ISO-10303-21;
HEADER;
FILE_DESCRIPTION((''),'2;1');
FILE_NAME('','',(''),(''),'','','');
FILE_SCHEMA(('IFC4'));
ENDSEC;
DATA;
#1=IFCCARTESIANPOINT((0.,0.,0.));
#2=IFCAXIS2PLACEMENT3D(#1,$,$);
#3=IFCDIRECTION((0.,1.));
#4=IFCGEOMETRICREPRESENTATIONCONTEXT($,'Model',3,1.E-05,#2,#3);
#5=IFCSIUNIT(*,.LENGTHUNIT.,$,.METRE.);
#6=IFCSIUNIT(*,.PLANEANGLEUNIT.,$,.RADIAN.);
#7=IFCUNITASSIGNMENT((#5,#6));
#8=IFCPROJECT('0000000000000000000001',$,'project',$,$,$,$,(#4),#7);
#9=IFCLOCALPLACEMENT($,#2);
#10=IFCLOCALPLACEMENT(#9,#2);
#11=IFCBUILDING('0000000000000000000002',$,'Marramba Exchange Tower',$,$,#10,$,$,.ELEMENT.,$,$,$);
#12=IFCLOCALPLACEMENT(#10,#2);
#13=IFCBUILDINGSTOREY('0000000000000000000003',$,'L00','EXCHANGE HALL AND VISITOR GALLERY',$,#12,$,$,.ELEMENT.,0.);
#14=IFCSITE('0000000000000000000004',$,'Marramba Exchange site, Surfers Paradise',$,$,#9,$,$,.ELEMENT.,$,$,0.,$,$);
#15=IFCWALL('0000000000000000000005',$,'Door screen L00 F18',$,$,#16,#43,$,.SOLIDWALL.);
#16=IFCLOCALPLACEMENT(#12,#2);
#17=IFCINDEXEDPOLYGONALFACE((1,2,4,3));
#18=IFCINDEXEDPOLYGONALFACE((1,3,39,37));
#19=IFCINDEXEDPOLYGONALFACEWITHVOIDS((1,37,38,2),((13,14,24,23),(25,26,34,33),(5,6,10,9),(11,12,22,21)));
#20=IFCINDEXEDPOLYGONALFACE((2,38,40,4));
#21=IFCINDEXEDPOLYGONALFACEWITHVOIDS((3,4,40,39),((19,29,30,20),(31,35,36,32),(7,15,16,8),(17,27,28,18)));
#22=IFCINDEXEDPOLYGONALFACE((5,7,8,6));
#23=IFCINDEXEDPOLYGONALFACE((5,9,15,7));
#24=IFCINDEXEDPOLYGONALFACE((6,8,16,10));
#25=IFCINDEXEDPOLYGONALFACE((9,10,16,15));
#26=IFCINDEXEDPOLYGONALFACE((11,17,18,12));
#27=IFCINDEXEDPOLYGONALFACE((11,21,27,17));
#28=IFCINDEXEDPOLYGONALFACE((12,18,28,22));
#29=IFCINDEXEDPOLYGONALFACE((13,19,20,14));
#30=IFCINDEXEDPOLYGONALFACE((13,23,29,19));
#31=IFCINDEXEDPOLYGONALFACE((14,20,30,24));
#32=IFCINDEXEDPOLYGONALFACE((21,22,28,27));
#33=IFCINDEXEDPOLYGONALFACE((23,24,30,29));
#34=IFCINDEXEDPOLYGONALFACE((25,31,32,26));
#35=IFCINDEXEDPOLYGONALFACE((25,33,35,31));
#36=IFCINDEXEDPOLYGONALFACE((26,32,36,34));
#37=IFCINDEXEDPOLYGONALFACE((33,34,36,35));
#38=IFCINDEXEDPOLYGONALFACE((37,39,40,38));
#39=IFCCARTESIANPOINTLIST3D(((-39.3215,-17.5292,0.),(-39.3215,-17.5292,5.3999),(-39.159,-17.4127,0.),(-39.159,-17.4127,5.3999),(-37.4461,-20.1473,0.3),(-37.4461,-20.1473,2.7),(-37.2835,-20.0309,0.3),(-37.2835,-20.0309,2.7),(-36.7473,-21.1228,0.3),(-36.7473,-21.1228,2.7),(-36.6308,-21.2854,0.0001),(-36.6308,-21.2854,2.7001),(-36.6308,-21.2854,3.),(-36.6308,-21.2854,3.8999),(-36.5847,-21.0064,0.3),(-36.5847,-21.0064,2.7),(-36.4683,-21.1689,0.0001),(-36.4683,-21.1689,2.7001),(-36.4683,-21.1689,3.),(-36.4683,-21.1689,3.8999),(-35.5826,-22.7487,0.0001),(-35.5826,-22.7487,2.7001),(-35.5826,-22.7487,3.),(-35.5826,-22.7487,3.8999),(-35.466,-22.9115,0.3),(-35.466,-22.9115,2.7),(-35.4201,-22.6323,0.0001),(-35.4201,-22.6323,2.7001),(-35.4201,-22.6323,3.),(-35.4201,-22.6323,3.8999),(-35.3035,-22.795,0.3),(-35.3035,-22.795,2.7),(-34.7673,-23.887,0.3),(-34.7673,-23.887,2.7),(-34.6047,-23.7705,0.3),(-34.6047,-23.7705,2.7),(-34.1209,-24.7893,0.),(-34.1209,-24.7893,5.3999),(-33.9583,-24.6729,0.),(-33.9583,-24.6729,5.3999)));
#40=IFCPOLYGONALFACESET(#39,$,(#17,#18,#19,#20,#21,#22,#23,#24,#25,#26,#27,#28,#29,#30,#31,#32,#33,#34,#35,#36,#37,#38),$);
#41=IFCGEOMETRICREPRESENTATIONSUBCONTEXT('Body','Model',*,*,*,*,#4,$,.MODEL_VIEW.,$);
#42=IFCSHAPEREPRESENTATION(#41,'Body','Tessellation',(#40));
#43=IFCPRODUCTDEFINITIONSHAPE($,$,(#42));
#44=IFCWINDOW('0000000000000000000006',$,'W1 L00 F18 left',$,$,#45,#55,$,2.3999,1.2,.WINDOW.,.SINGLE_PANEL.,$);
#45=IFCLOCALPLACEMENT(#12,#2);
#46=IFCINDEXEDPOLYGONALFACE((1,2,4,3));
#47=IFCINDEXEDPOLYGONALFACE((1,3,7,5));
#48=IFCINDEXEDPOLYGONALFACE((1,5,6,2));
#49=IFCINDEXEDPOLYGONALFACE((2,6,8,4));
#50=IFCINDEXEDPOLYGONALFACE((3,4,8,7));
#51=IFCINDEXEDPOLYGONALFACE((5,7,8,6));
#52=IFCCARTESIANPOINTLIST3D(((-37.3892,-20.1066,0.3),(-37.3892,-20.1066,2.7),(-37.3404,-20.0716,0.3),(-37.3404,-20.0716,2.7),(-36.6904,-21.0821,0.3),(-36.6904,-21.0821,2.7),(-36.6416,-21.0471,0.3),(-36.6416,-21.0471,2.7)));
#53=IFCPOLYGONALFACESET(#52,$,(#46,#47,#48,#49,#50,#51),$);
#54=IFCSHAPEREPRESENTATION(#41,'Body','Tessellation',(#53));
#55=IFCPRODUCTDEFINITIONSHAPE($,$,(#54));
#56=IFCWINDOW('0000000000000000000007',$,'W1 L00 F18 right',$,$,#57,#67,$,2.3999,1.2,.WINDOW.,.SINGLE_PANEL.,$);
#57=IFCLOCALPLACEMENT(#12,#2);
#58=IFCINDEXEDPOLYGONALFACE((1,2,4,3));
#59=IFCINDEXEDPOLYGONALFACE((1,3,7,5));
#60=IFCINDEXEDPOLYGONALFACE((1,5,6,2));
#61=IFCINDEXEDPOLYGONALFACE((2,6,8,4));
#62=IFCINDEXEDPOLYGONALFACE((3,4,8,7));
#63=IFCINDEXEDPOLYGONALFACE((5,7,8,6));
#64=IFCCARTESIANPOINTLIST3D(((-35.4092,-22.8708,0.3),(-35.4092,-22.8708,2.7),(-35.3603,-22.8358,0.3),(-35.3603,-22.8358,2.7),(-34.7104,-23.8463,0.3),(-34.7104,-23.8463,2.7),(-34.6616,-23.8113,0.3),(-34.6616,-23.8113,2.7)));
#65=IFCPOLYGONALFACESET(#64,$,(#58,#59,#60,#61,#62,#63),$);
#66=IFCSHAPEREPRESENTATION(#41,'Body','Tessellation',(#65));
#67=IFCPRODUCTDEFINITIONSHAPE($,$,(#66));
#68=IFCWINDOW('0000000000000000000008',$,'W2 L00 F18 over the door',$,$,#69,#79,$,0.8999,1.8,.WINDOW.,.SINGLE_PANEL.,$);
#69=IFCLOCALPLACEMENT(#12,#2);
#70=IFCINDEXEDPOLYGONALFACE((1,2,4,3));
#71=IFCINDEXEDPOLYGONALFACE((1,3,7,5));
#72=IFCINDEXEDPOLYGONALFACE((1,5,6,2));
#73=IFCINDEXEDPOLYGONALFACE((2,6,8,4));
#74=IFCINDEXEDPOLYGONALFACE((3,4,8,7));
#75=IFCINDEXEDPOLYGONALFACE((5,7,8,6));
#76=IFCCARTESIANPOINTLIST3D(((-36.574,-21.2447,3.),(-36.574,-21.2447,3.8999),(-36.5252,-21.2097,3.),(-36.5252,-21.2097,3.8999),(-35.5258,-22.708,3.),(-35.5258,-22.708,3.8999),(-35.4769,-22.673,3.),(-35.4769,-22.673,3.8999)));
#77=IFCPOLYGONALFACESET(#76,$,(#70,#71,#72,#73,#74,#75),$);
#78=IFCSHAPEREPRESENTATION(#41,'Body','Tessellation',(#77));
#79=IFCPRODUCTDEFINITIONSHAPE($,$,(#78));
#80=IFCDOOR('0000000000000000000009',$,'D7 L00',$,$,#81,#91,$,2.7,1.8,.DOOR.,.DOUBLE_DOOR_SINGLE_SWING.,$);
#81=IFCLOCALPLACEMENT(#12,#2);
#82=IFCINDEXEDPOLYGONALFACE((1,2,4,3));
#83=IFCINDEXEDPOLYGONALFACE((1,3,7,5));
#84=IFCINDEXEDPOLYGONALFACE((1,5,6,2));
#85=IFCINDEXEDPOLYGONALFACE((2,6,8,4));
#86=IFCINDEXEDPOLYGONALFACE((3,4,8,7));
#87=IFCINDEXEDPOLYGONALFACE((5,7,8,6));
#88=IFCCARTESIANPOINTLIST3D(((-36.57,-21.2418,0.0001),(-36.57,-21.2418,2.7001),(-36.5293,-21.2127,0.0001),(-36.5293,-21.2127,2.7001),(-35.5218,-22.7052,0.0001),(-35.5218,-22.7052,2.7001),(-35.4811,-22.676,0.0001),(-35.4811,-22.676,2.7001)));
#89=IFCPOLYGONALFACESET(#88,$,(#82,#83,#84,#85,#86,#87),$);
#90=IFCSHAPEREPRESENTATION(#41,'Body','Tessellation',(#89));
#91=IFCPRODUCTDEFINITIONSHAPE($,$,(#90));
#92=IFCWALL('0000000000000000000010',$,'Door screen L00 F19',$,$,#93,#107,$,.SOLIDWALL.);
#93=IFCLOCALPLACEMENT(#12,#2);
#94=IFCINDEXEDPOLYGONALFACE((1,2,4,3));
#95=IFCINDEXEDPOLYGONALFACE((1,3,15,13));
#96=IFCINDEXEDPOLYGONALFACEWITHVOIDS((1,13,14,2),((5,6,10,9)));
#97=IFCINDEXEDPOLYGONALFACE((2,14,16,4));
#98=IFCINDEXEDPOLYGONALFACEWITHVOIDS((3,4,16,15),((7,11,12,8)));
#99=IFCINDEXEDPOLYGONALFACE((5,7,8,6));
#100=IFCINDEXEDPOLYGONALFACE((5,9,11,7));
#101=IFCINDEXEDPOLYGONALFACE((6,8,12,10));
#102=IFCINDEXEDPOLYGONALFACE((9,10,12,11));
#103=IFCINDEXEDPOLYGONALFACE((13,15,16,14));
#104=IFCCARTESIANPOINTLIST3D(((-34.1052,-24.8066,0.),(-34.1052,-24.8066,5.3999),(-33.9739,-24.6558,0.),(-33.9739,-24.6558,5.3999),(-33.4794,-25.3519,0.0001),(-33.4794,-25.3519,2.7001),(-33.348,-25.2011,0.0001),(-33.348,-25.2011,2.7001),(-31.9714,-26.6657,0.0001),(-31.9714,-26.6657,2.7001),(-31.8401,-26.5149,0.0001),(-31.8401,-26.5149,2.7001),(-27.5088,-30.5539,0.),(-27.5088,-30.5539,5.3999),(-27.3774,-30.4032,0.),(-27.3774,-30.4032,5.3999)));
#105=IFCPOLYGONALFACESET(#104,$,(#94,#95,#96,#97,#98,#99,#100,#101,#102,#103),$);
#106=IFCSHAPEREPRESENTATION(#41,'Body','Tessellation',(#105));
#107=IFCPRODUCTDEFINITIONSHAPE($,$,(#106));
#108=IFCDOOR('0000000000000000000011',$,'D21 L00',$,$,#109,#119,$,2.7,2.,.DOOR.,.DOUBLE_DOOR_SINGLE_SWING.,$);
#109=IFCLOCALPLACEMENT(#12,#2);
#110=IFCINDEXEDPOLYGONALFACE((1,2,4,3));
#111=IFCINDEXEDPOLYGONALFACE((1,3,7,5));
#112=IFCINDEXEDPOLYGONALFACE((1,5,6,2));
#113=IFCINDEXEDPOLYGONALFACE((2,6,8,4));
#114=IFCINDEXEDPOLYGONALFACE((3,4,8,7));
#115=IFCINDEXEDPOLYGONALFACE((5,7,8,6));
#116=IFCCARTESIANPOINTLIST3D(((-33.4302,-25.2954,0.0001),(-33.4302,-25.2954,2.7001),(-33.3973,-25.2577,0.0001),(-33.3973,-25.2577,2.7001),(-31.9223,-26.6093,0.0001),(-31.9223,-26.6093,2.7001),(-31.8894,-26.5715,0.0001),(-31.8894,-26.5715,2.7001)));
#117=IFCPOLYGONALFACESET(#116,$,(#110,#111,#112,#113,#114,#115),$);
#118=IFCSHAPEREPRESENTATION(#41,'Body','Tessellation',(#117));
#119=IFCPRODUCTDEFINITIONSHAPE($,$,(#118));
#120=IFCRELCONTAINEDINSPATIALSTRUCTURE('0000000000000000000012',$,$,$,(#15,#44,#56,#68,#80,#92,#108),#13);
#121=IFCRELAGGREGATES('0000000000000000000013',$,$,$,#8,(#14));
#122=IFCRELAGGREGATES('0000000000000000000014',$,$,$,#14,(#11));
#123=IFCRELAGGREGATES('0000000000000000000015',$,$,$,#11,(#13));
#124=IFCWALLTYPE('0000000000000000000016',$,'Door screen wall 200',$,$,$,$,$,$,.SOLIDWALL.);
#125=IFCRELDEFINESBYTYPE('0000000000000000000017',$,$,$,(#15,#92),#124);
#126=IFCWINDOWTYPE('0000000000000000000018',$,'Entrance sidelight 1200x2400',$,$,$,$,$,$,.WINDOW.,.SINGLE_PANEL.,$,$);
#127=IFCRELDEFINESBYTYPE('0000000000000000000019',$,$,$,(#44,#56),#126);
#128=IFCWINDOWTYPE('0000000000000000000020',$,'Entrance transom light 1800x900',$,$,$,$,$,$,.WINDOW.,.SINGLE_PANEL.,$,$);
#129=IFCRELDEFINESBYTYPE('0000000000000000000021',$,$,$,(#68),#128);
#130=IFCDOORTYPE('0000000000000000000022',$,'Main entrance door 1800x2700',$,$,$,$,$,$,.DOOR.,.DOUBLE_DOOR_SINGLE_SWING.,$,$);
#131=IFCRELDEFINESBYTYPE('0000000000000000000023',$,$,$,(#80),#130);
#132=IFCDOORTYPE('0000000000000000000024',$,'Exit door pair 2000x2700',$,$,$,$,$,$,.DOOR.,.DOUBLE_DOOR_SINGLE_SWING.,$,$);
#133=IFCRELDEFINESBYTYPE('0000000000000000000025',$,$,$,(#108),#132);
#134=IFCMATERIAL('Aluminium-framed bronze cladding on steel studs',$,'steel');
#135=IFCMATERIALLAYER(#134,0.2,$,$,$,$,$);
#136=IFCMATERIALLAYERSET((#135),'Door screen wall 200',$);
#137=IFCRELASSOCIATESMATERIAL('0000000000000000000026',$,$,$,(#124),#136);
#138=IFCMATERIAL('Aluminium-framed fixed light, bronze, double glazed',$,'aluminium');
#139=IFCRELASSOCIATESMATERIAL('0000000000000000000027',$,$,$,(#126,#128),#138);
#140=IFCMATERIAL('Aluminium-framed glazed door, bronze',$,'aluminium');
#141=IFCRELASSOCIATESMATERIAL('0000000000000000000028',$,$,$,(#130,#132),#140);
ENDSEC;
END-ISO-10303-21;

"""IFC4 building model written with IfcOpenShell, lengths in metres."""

from ifc_helpers import new_model, si_unit, direction, frame, frame_2d, origin, place, context, subcontext, project, spatial, rectangle, extrude, material, layer, layer_set, type_object, element, fill, save


model = new_model("IFC4")

# Units and contexts
model_context = context("Model", 3, precision=1e-05, world=origin(), true_north=direction((0.0, 1.0)))
body_context = subcontext(model_context, "Body", "Model", "MODEL_VIEW")
ifc_project = project(units=[si_unit("LENGTHUNIT", "METRE"), si_unit("PLANEANGLEUNIT", "RADIAN")], contexts=[model_context])

# Site, building, storey
site_placement = place(None, origin())
site = spatial("IfcSite", under=ifc_project, at=site_placement, Name="Marramba Exchange site, Surfers Paradise", CompositionType="ELEMENT", RefElevation=0.0)
building_placement = place(site_placement, origin())
building = spatial("IfcBuilding", under=site, at=building_placement, Name="Marramba Exchange Tower", CompositionType="ELEMENT")
storey_placement = place(building_placement, origin())
storey = spatial("IfcBuildingStorey", under=building, at=storey_placement, Name="L00", Description="EXCHANGE HALL AND VISITOR GALLERY", CompositionType="ELEMENT", Elevation=0.0)

# Wall, openings, windows, door
ifc_material_1 = material(Name="Aluminium-framed bronze cladding on steel studs", Category="steel")
ifc_layer_1 = layer(ifc_material_1, 0.2)
ifc_layer_set_1 = layer_set([ifc_layer_1], Name="Door screen wall 200")
wall_type_1 = type_object("IfcWallType", Name="Door screen wall 200", PredefinedType="SOLIDWALL", material=ifc_layer_set_1)
wall_1_placement = place(storey_placement, frame((-39.2402, -17.4709, 0.0), z_axis=(0.0, 0.0, 1.0), x_axis=(0.582334, -0.81295, 0.0)))
wall_1 = element("IfcWall", 1, at=wall_1_placement, inside=storey, type_object=wall_type_1, Name="Door screen L00 F18", PredefinedType="SOLIDWALL", context=body_context, shape_type="SweptSolid", body=[
    extrude(rectangle(XDim=8.9307, YDim=0.2, at=frame_2d((4.4653, 0.0))), origin(), (0.0, 0.0, 1.0), 5.3999),
])
opening_1_placement = place(wall_1_placement, frame((4.6206, 0.0, 0.0)))
opening_1 = element("IfcOpeningElement", 2, at=opening_1_placement, cuts=wall_1, PredefinedType="OPENING", context=body_context, shape_type="SweptSolid", body=[
    extrude(rectangle(XDim=1.8, YDim=2.7, at=frame_2d((0.8999, 1.3501))), frame((0.0, 0.1099, 0.0), z_axis=(0.0, -1.0, 0.0), x_axis=(1.0, 0.0, 0.0)), (0.0, 0.0, 1.0), 0.22),
])
opening_2_placement = place(wall_1_placement, frame((3.2205, 0.0, 0.3)))
opening_2 = element("IfcOpeningElement", 3, at=opening_2_placement, cuts=wall_1, PredefinedType="OPENING", context=body_context, shape_type="SweptSolid", body=[
    extrude(rectangle(XDim=1.2, YDim=2.3999, at=frame_2d((0.6001, 1.2))), frame((0.0, 0.1099, 0.0), z_axis=(0.0, -1.0, 0.0), x_axis=(1.0, 0.0, 0.0)), (0.0, 0.0, 1.0), 0.22),
])
opening_3_placement = place(wall_1_placement, frame((6.6206, 0.0, 0.3)))
opening_3 = element("IfcOpeningElement", 4, at=opening_3_placement, cuts=wall_1, PredefinedType="OPENING", context=body_context, shape_type="SweptSolid", body=[
    extrude(rectangle(XDim=1.2, YDim=2.3999, at=frame_2d((0.6001, 1.2))), frame((0.0, 0.1099, 0.0), z_axis=(0.0, -1.0, 0.0), x_axis=(1.0, 0.0, 0.0)), (0.0, 0.0, 1.0), 0.22),
])
opening_4_placement = place(wall_1_placement, frame((4.6206, 0.0, 3.0)))
opening_4 = element("IfcOpeningElement", 5, at=opening_4_placement, cuts=wall_1, PredefinedType="OPENING", context=body_context, shape_type="SweptSolid", body=[
    extrude(rectangle(XDim=1.8, YDim=0.8999, at=frame_2d((0.8999, 0.45))), frame((0.0, 0.1099, 0.0), z_axis=(0.0, -1.0, 0.0), x_axis=(1.0, 0.0, 0.0)), (0.0, 0.0, 1.0), 0.22),
])
ifc_material_2 = material(Name="Aluminium-framed fixed light, bronze, double glazed", Category="aluminium")
window_type_1 = type_object("IfcWindowType", Name="Entrance sidelight 1200x2400", PartitioningType="SINGLE_PANEL", PredefinedType="WINDOW", material=ifc_material_2)
window_1_placement = place(opening_2_placement, origin())
window_1 = element("IfcWindow", 6, at=window_1_placement, inside=storey, type_object=window_type_1, Name="W1 L00 F18 left", OverallHeight=2.3999, OverallWidth=1.2, PartitioningType="SINGLE_PANEL", PredefinedType="WINDOW", context=body_context, shape_type="SweptSolid", body=[
    extrude(rectangle(XDim=1.2, YDim=2.3999, at=frame_2d((0.6001, 1.2))), frame((0.0, 0.03, 0.0), z_axis=(0.0, -1.0, 0.0), x_axis=(1.0, 0.0, 0.0)), (0.0, 0.0, 1.0), 0.0601),
])
fill(opening_2, window_1)
window_2_placement = place(opening_3_placement, origin())
window_2 = element("IfcWindow", 7, at=window_2_placement, inside=storey, type_object=window_type_1, Name="W1 L00 F18 right", OverallHeight=2.3999, OverallWidth=1.2, PartitioningType="SINGLE_PANEL", PredefinedType="WINDOW", context=body_context, shape_type="SweptSolid", body=[
    extrude(rectangle(XDim=1.2, YDim=2.3999, at=frame_2d((0.6001, 1.2))), frame((0.0, 0.03, 0.0), z_axis=(0.0, -1.0, 0.0), x_axis=(1.0, 0.0, 0.0)), (0.0, 0.0, 1.0), 0.0601),
])
fill(opening_3, window_2)
window_type_2 = type_object("IfcWindowType", Name="Entrance transom light 1800x900", PartitioningType="SINGLE_PANEL", PredefinedType="WINDOW", material=ifc_material_2)
window_3_placement = place(opening_4_placement, origin())
window_3 = element("IfcWindow", 8, at=window_3_placement, inside=storey, type_object=window_type_2, Name="W2 L00 F18 over the door", OverallHeight=0.8999, OverallWidth=1.8, PartitioningType="SINGLE_PANEL", PredefinedType="WINDOW", context=body_context, shape_type="SweptSolid", body=[
    extrude(rectangle(XDim=1.8, YDim=0.8999, at=frame_2d((0.8999, 0.45))), frame((0.0, 0.03, 0.0), z_axis=(0.0, -1.0, 0.0), x_axis=(1.0, 0.0, 0.0)), (0.0, 0.0, 1.0), 0.0601),
])
fill(opening_4, window_3)
ifc_material_3 = material(Name="Aluminium-framed glazed door, bronze", Category="aluminium")
door_type_1 = type_object("IfcDoorType", Name="Main entrance door 1800x2700", OperationType="DOUBLE_DOOR_SINGLE_SWING", PredefinedType="DOOR", material=ifc_material_3)
door_1_placement = place(opening_1_placement, frame((1.8, 0.0, 0.0), z_axis=(0.0, 0.0, 1.0), x_axis=(-1.0, 0.0, 0.0)))
door_1 = element("IfcDoor", 9, at=door_1_placement, inside=storey, type_object=door_type_1, Name="D7 L00", OperationType="DOUBLE_DOOR_SINGLE_SWING", OverallHeight=2.7, OverallWidth=1.8, PredefinedType="DOOR", context=body_context, shape_type="SweptSolid", body=[
    extrude(rectangle(XDim=1.8, YDim=2.7, at=frame_2d((0.9001, 1.3501))), frame((0.0, 0.0251, 0.0), z_axis=(0.0, -1.0, 0.0), x_axis=(1.0, 0.0, 0.0)), (0.0, 0.0, 1.0), 0.05),
])
fill(opening_1, door_1)

# Wall, opening, door
wall_2_placement = place(storey_placement, frame((-34.0396, -24.7312, 0.0), z_axis=(0.0, 0.0, 1.0), x_axis=(0.753967, -0.656913, 0.0)))
wall_2 = element("IfcWall", 10, at=wall_2_placement, inside=storey, type_object=wall_type_1, Name="Door screen L00 F19", PredefinedType="SOLIDWALL", context=body_context, shape_type="SweptSolid", body=[
    extrude(rectangle(XDim=8.749, YDim=0.2, at=frame_2d((4.3745, 0.0))), origin(), (0.0, 0.0, 1.0), 5.3999),
])
opening_5_placement = place(wall_2_placement, frame((0.8301, 0.0, 0.0)))
opening_5 = element("IfcOpeningElement", 11, at=opening_5_placement, cuts=wall_2, PredefinedType="OPENING", context=body_context, shape_type="SweptSolid", body=[
    extrude(rectangle(XDim=2.0, YDim=2.7, at=frame_2d((1.0, 1.3501))), frame((0.0, 0.1099, 0.0), z_axis=(0.0, -1.0, 0.0), x_axis=(1.0, 0.0, 0.0)), (0.0, 0.0, 1.0), 0.22),
])
door_type_2 = type_object("IfcDoorType", Name="Exit door pair 2000x2700", OperationType="DOUBLE_DOOR_SINGLE_SWING", PredefinedType="DOOR", material=ifc_material_3)
door_2_placement = place(opening_5_placement, frame((2.0, 0.0, 0.0), z_axis=(0.0, 0.0, 1.0), x_axis=(-1.0, 0.0, 0.0)))
door_2 = element("IfcDoor", 12, at=door_2_placement, inside=storey, type_object=door_type_2, Name="D21 L00", OperationType="DOUBLE_DOOR_SINGLE_SWING", OverallHeight=2.7, OverallWidth=2.0, PredefinedType="DOOR", context=body_context, shape_type="SweptSolid", body=[
    extrude(rectangle(XDim=2.0, YDim=2.7, at=frame_2d((1.0, 1.3501))), frame((0.0, 0.0251, 0.0), z_axis=(0.0, -1.0, 0.0), x_axis=(1.0, 0.0, 0.0)), (0.0, 0.0, 1.0), 0.05),
])
fill(opening_5, door_2)

save(model, "model.ifc")
